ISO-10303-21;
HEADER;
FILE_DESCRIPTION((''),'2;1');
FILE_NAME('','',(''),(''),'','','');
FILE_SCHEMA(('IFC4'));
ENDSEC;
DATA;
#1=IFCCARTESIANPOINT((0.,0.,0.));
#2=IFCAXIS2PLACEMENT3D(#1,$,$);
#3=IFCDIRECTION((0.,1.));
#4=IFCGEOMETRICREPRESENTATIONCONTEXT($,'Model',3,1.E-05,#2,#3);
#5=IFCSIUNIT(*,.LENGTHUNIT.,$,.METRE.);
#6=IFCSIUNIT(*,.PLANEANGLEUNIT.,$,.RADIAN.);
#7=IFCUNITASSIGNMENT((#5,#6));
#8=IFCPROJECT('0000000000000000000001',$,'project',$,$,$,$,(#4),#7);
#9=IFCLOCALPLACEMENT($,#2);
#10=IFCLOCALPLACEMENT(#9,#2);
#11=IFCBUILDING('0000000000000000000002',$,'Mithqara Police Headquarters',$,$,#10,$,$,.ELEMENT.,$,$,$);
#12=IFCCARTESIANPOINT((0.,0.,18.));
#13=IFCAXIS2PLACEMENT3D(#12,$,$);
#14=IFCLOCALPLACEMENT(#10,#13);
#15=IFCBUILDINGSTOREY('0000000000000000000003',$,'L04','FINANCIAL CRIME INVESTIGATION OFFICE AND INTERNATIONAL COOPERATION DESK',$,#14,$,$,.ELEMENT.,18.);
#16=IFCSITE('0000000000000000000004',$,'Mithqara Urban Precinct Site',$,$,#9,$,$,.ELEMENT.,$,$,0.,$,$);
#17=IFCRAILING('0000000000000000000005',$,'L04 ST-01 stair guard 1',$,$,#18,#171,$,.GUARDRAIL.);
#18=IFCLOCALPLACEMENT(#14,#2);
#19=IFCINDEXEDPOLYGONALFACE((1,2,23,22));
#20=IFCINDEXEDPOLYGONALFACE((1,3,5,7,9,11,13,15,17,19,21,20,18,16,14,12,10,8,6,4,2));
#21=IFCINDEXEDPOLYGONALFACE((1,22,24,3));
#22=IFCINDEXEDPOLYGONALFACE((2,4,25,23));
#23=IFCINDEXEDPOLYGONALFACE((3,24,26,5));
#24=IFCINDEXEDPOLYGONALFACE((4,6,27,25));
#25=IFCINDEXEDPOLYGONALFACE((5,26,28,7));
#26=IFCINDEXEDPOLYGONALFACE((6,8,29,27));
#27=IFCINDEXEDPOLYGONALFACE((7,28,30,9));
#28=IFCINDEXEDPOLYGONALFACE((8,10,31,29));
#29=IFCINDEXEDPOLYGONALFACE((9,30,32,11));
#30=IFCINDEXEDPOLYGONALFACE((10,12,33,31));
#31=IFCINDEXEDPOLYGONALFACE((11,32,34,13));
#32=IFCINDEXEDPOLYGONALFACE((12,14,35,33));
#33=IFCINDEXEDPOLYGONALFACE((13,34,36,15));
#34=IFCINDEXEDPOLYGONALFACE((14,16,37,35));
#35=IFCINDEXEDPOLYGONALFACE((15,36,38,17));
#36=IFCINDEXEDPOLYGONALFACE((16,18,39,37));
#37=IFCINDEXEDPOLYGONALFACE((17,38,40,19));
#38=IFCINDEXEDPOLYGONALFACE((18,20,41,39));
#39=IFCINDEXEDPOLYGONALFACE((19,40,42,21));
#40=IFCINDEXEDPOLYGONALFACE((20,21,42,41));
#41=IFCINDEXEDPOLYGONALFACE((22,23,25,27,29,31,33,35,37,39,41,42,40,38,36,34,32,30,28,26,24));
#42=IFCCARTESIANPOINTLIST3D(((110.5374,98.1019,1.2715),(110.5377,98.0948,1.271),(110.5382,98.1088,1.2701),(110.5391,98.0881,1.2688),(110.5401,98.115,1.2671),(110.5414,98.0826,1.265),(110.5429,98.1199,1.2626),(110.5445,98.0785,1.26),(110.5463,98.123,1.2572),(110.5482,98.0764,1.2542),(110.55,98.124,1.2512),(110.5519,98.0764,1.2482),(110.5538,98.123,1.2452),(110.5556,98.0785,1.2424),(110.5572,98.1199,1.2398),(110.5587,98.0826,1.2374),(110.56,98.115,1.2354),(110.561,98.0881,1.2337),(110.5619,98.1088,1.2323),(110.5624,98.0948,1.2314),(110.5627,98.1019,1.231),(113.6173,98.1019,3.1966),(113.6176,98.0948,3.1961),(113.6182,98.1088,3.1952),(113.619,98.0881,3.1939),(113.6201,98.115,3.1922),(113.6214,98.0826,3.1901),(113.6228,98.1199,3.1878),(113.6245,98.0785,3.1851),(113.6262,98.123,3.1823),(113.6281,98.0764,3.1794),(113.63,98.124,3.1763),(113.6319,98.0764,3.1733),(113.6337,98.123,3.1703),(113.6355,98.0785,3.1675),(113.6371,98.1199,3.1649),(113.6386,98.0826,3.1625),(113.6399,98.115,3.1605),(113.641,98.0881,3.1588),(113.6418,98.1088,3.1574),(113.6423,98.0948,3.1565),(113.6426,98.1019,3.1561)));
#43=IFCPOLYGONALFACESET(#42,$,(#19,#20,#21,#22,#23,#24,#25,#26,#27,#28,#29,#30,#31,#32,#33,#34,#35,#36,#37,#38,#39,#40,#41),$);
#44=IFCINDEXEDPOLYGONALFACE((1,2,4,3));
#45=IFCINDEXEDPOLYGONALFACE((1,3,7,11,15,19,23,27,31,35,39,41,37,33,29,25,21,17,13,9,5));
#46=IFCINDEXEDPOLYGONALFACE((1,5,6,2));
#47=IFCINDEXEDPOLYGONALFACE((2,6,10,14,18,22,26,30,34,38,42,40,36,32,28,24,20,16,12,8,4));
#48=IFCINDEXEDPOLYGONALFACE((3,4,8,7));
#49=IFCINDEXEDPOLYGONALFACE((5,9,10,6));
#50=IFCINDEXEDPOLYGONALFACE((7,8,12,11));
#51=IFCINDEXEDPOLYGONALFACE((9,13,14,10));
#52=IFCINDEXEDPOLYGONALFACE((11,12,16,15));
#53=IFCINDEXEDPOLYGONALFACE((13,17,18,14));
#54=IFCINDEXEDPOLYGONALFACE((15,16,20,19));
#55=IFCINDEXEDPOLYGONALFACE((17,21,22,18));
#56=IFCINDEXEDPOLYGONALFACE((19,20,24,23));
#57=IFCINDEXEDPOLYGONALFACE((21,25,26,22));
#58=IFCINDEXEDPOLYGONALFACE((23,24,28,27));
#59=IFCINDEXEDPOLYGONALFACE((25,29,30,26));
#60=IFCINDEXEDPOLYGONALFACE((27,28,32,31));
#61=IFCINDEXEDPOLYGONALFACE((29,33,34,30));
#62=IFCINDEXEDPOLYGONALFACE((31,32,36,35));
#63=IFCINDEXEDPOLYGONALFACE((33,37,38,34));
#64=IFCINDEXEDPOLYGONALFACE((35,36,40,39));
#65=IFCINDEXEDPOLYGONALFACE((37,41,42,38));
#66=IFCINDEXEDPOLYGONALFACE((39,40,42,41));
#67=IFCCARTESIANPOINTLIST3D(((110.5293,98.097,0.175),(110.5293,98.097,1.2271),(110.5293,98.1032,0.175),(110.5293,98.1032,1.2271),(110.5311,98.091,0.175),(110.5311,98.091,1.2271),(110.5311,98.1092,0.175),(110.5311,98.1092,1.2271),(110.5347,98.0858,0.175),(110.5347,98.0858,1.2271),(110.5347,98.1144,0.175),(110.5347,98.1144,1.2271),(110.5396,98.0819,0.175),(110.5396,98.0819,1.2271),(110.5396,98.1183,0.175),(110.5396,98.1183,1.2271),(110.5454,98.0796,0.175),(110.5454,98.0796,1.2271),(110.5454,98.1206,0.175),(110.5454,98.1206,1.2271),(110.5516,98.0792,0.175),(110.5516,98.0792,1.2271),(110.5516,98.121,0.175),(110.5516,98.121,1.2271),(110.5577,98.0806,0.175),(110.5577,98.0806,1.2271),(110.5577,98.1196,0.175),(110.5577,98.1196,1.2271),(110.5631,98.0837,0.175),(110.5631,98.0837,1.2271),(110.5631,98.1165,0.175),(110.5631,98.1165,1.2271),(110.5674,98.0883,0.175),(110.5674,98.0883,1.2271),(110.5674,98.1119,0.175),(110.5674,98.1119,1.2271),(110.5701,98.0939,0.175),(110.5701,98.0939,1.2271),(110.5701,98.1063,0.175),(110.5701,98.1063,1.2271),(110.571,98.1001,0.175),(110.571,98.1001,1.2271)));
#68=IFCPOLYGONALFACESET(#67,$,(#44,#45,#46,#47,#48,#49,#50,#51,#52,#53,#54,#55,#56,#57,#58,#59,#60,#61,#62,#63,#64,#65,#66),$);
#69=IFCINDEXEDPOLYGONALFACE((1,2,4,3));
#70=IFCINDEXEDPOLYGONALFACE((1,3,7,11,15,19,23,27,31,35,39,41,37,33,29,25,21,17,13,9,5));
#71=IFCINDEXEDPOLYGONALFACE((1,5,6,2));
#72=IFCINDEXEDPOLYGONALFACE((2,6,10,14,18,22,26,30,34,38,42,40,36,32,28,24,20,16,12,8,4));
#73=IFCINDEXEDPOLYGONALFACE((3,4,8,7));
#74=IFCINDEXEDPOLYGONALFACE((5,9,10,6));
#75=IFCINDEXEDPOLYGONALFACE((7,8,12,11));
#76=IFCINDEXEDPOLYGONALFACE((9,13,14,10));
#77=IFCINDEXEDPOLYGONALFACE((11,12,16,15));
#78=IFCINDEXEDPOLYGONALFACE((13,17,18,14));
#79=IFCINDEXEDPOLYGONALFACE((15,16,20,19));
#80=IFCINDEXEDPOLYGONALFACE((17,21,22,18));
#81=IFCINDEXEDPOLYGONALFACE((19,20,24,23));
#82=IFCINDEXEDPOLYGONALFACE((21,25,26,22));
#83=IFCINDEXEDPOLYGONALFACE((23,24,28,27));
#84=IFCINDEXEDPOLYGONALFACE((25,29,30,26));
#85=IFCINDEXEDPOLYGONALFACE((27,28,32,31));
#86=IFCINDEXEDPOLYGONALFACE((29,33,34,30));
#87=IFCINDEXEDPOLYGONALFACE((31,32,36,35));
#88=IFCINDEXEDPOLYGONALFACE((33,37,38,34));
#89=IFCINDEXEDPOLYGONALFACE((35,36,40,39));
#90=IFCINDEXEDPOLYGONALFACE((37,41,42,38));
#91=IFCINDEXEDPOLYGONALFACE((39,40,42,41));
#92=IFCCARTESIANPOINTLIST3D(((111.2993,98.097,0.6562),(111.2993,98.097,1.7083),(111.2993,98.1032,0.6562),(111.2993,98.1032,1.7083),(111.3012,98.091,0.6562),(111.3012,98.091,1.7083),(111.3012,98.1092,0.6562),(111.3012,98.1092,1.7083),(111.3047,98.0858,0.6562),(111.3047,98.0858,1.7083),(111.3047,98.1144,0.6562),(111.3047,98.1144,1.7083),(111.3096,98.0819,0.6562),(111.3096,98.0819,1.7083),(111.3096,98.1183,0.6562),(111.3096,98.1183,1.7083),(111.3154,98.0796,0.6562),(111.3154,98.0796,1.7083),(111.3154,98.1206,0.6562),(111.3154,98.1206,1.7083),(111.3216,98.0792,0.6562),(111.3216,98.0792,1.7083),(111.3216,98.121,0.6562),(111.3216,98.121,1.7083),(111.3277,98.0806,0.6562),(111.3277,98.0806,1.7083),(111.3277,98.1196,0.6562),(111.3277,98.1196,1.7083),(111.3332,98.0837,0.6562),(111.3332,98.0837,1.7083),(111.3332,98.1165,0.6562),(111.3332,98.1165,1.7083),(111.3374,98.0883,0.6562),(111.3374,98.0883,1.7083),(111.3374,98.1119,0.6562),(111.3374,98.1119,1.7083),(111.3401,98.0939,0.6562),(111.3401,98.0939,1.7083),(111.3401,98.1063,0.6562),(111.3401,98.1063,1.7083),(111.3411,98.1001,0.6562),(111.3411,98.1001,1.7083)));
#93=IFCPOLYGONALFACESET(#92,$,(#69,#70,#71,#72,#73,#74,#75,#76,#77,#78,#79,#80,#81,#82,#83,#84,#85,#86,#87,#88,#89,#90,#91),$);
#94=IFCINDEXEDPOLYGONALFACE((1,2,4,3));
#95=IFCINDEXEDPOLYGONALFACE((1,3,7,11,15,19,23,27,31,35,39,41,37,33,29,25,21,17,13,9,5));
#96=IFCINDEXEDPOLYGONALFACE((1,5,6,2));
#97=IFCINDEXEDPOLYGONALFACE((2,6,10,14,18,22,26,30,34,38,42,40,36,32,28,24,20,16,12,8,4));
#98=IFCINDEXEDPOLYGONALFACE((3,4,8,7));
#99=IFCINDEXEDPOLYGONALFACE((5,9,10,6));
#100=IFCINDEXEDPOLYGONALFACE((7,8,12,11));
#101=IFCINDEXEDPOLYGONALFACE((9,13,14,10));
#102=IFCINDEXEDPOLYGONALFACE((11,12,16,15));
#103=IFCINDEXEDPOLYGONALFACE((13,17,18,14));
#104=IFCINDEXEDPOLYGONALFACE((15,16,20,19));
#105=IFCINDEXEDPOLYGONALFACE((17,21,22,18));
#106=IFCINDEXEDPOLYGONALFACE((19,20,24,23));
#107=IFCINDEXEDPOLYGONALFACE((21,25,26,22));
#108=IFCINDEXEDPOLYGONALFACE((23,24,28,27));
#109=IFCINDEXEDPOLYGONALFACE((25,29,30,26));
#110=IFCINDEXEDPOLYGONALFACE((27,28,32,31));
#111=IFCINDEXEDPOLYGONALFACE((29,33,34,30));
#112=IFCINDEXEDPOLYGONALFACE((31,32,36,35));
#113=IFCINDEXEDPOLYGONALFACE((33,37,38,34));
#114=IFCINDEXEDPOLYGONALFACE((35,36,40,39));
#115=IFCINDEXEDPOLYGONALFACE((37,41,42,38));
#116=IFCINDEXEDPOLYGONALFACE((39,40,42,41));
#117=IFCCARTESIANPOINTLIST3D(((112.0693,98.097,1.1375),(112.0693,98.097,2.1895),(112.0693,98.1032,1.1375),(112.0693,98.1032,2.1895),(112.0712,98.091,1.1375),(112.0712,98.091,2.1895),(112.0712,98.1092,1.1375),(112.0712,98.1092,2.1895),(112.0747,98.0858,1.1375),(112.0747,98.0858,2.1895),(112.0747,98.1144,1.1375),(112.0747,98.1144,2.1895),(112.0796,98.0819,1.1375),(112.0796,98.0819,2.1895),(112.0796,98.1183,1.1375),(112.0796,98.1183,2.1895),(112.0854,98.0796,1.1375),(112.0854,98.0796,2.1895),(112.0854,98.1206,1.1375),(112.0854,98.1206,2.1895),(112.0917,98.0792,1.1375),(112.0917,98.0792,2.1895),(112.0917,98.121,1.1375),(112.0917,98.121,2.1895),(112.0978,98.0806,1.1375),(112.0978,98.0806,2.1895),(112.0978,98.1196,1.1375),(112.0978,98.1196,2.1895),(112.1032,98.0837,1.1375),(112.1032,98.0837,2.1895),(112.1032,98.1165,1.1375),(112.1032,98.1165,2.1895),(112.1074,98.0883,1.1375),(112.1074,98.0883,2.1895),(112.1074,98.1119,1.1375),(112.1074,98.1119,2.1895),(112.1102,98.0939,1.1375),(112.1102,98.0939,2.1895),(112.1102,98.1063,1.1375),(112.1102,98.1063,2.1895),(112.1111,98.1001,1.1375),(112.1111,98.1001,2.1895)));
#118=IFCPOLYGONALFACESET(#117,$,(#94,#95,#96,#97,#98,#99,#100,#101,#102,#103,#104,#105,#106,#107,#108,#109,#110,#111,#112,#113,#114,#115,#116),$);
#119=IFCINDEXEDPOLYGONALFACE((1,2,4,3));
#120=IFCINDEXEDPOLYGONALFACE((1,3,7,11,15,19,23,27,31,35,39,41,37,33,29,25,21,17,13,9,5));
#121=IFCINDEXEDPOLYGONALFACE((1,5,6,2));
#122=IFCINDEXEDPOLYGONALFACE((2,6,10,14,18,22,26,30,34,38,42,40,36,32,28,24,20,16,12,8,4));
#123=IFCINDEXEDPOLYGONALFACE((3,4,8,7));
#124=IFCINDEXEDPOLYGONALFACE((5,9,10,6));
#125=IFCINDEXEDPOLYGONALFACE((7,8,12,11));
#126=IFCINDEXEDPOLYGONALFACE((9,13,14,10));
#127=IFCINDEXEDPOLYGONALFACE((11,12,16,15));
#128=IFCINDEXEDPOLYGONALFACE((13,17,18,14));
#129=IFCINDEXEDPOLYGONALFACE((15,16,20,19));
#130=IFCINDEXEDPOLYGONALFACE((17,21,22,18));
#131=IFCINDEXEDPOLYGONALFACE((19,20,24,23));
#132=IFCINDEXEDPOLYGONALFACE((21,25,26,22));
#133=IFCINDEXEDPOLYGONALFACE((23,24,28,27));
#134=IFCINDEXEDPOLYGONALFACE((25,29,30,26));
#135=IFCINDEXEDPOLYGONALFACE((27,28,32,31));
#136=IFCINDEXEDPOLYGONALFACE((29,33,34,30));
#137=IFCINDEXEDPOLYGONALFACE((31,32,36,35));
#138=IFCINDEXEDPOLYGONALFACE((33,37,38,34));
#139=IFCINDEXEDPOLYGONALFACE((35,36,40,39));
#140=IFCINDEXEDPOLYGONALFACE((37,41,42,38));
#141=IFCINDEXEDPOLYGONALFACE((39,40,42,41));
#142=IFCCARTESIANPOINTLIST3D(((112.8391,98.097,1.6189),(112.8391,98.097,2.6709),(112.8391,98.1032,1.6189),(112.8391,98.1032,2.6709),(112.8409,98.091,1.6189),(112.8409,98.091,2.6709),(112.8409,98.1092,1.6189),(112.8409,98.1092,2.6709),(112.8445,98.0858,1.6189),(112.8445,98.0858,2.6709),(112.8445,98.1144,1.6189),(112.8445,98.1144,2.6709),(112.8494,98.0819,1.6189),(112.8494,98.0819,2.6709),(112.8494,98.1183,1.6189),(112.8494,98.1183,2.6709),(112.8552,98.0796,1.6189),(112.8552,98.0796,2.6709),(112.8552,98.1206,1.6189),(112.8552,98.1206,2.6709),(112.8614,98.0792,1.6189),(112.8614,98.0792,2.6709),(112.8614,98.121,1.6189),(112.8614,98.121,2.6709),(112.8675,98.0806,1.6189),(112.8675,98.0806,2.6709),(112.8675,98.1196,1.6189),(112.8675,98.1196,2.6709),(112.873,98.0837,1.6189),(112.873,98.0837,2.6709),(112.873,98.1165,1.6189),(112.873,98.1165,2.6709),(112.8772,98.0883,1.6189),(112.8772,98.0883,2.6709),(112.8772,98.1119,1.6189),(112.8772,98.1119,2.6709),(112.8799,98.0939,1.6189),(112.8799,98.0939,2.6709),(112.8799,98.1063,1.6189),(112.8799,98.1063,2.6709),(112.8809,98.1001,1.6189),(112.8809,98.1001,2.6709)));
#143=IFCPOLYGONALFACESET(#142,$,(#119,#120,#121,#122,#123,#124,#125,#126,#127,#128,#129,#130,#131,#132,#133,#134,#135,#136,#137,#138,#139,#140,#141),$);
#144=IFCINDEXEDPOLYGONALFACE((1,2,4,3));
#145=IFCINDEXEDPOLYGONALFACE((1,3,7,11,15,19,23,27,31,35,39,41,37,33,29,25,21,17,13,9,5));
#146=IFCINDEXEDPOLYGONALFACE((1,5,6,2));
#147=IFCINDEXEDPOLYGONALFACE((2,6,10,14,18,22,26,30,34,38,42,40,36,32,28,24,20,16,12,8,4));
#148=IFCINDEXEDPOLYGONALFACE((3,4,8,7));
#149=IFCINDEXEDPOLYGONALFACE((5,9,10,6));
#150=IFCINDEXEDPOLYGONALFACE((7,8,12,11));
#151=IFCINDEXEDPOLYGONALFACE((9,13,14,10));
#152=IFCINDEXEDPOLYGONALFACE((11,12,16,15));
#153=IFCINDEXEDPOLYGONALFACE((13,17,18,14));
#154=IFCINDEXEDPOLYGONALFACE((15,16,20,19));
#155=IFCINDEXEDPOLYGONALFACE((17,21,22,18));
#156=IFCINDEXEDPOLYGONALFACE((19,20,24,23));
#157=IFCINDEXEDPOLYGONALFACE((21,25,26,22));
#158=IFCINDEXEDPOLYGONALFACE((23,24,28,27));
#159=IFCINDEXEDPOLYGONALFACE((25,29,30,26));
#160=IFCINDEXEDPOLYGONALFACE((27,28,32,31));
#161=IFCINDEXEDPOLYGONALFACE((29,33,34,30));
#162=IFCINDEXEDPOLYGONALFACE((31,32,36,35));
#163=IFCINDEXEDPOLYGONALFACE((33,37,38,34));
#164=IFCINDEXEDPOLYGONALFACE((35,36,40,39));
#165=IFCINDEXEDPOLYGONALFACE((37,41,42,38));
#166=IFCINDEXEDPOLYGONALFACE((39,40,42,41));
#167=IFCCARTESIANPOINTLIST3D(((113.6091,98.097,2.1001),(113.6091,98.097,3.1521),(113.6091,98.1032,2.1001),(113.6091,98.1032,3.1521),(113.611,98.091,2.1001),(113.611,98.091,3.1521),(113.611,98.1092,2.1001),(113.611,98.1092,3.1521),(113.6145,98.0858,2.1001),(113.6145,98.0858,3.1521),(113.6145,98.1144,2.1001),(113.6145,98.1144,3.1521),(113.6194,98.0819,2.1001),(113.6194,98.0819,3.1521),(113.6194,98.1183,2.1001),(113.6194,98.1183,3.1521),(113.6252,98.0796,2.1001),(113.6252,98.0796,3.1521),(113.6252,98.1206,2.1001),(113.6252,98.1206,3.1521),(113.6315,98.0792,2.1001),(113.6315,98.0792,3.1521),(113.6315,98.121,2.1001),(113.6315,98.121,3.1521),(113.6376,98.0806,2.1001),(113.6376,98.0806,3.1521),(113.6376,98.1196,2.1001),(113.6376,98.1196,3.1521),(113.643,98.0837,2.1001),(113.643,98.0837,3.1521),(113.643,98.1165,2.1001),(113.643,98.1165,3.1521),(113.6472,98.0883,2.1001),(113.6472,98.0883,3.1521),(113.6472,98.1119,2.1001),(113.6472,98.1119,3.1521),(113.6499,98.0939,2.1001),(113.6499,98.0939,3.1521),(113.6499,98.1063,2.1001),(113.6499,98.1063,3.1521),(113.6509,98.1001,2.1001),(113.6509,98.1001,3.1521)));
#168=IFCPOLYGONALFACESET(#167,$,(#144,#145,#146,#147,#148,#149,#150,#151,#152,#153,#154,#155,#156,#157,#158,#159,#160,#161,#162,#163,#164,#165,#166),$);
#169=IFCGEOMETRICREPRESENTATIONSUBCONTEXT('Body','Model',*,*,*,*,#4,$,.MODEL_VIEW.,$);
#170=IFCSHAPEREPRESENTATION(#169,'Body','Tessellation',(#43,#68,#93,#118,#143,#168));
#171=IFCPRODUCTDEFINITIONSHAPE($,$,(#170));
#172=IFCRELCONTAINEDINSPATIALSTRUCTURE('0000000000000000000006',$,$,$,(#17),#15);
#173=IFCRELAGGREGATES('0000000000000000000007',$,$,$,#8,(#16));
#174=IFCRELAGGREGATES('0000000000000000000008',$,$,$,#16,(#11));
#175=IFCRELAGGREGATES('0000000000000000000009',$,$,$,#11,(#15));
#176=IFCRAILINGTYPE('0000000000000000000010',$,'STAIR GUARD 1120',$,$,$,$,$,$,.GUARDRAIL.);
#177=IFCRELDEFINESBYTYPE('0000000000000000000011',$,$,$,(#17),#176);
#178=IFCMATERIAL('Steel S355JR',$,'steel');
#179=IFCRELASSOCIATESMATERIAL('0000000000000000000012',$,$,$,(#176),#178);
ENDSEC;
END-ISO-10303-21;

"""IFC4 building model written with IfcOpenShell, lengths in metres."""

from ifc_helpers import new_model, si_unit, direction, frame, origin, origin_2d, place, context, subcontext, project, spatial, circle, extrude, material, type_object, element, save


model = new_model("IFC4")

# Units and contexts
model_context = context("Model", 3, precision=1e-05, world=origin(), true_north=direction((0.0, 1.0)))
body_context = subcontext(model_context, "Body", "Model", "MODEL_VIEW")
ifc_project = project(units=[si_unit("LENGTHUNIT", "METRE"), si_unit("PLANEANGLEUNIT", "RADIAN")], contexts=[model_context])

# Site, building, storey
site_placement = place(None, origin())
site = spatial("IfcSite", under=ifc_project, at=site_placement, Name="Mithqara Urban Precinct Site", CompositionType="ELEMENT", RefElevation=0.0)
building_placement = place(site_placement, origin())
building = spatial("IfcBuilding", under=site, at=building_placement, Name="Mithqara Police Headquarters", CompositionType="ELEMENT")
storey_placement = place(building_placement, frame((0.0, 0.0, 18.0)))
storey = spatial("IfcBuildingStorey", under=building, at=storey_placement, Name="L04", Description="FINANCIAL CRIME INVESTIGATION OFFICE AND INTERNATIONAL COOPERATION DESK", CompositionType="ELEMENT", Elevation=18.0)

# Shared definitions
ifc_material_1 = material(Name="Steel S355JR", Category="steel")

# Railing
railing_type_1 = type_object("IfcRailingType", Name="STAIR GUARD 1120", PredefinedType="GUARDRAIL", material=ifc_material_1)
railing_1_placement = place(storey_placement, frame((110.55, 98.1001, 0.175)))
element("IfcRailing", 1, at=railing_1_placement, inside=storey, type_object=railing_type_1, Name="L04 ST-01 stair guard 1", PredefinedType="GUARDRAIL", context=body_context, shape_type="SweptSolid", body=[
    extrude(circle(Radius=0.0239, at=origin_2d()), frame((0.0, 0.0, 1.0762), z_axis=(0.847979, 0.0, 0.530029), x_axis=(0.0, 1.0, 0.0)), (0.0, 0.0, 1.0), 3.6321),
    extrude(circle(Radius=0.021, at=origin_2d()), origin(), (0.0, 0.0, 1.0), 1.052),
    extrude(circle(Radius=0.021, at=origin_2d()), frame((0.77, 0.0, 0.4812)), (0.0, 0.0, 1.0), 1.052),
    extrude(circle(Radius=0.021, at=origin_2d()), frame((1.54, 0.0, 0.9624)), (0.0, 0.0, 1.0), 1.052),
    extrude(circle(Radius=0.021, at=origin_2d()), frame((2.3098, 0.0, 1.4438)), (0.0, 0.0, 1.0), 1.052),
    extrude(circle(Radius=0.021, at=origin_2d()), frame((3.0798, 0.0, 1.925)), (0.0, 0.0, 1.0), 1.052),
])

save(model, "model.ifc")
